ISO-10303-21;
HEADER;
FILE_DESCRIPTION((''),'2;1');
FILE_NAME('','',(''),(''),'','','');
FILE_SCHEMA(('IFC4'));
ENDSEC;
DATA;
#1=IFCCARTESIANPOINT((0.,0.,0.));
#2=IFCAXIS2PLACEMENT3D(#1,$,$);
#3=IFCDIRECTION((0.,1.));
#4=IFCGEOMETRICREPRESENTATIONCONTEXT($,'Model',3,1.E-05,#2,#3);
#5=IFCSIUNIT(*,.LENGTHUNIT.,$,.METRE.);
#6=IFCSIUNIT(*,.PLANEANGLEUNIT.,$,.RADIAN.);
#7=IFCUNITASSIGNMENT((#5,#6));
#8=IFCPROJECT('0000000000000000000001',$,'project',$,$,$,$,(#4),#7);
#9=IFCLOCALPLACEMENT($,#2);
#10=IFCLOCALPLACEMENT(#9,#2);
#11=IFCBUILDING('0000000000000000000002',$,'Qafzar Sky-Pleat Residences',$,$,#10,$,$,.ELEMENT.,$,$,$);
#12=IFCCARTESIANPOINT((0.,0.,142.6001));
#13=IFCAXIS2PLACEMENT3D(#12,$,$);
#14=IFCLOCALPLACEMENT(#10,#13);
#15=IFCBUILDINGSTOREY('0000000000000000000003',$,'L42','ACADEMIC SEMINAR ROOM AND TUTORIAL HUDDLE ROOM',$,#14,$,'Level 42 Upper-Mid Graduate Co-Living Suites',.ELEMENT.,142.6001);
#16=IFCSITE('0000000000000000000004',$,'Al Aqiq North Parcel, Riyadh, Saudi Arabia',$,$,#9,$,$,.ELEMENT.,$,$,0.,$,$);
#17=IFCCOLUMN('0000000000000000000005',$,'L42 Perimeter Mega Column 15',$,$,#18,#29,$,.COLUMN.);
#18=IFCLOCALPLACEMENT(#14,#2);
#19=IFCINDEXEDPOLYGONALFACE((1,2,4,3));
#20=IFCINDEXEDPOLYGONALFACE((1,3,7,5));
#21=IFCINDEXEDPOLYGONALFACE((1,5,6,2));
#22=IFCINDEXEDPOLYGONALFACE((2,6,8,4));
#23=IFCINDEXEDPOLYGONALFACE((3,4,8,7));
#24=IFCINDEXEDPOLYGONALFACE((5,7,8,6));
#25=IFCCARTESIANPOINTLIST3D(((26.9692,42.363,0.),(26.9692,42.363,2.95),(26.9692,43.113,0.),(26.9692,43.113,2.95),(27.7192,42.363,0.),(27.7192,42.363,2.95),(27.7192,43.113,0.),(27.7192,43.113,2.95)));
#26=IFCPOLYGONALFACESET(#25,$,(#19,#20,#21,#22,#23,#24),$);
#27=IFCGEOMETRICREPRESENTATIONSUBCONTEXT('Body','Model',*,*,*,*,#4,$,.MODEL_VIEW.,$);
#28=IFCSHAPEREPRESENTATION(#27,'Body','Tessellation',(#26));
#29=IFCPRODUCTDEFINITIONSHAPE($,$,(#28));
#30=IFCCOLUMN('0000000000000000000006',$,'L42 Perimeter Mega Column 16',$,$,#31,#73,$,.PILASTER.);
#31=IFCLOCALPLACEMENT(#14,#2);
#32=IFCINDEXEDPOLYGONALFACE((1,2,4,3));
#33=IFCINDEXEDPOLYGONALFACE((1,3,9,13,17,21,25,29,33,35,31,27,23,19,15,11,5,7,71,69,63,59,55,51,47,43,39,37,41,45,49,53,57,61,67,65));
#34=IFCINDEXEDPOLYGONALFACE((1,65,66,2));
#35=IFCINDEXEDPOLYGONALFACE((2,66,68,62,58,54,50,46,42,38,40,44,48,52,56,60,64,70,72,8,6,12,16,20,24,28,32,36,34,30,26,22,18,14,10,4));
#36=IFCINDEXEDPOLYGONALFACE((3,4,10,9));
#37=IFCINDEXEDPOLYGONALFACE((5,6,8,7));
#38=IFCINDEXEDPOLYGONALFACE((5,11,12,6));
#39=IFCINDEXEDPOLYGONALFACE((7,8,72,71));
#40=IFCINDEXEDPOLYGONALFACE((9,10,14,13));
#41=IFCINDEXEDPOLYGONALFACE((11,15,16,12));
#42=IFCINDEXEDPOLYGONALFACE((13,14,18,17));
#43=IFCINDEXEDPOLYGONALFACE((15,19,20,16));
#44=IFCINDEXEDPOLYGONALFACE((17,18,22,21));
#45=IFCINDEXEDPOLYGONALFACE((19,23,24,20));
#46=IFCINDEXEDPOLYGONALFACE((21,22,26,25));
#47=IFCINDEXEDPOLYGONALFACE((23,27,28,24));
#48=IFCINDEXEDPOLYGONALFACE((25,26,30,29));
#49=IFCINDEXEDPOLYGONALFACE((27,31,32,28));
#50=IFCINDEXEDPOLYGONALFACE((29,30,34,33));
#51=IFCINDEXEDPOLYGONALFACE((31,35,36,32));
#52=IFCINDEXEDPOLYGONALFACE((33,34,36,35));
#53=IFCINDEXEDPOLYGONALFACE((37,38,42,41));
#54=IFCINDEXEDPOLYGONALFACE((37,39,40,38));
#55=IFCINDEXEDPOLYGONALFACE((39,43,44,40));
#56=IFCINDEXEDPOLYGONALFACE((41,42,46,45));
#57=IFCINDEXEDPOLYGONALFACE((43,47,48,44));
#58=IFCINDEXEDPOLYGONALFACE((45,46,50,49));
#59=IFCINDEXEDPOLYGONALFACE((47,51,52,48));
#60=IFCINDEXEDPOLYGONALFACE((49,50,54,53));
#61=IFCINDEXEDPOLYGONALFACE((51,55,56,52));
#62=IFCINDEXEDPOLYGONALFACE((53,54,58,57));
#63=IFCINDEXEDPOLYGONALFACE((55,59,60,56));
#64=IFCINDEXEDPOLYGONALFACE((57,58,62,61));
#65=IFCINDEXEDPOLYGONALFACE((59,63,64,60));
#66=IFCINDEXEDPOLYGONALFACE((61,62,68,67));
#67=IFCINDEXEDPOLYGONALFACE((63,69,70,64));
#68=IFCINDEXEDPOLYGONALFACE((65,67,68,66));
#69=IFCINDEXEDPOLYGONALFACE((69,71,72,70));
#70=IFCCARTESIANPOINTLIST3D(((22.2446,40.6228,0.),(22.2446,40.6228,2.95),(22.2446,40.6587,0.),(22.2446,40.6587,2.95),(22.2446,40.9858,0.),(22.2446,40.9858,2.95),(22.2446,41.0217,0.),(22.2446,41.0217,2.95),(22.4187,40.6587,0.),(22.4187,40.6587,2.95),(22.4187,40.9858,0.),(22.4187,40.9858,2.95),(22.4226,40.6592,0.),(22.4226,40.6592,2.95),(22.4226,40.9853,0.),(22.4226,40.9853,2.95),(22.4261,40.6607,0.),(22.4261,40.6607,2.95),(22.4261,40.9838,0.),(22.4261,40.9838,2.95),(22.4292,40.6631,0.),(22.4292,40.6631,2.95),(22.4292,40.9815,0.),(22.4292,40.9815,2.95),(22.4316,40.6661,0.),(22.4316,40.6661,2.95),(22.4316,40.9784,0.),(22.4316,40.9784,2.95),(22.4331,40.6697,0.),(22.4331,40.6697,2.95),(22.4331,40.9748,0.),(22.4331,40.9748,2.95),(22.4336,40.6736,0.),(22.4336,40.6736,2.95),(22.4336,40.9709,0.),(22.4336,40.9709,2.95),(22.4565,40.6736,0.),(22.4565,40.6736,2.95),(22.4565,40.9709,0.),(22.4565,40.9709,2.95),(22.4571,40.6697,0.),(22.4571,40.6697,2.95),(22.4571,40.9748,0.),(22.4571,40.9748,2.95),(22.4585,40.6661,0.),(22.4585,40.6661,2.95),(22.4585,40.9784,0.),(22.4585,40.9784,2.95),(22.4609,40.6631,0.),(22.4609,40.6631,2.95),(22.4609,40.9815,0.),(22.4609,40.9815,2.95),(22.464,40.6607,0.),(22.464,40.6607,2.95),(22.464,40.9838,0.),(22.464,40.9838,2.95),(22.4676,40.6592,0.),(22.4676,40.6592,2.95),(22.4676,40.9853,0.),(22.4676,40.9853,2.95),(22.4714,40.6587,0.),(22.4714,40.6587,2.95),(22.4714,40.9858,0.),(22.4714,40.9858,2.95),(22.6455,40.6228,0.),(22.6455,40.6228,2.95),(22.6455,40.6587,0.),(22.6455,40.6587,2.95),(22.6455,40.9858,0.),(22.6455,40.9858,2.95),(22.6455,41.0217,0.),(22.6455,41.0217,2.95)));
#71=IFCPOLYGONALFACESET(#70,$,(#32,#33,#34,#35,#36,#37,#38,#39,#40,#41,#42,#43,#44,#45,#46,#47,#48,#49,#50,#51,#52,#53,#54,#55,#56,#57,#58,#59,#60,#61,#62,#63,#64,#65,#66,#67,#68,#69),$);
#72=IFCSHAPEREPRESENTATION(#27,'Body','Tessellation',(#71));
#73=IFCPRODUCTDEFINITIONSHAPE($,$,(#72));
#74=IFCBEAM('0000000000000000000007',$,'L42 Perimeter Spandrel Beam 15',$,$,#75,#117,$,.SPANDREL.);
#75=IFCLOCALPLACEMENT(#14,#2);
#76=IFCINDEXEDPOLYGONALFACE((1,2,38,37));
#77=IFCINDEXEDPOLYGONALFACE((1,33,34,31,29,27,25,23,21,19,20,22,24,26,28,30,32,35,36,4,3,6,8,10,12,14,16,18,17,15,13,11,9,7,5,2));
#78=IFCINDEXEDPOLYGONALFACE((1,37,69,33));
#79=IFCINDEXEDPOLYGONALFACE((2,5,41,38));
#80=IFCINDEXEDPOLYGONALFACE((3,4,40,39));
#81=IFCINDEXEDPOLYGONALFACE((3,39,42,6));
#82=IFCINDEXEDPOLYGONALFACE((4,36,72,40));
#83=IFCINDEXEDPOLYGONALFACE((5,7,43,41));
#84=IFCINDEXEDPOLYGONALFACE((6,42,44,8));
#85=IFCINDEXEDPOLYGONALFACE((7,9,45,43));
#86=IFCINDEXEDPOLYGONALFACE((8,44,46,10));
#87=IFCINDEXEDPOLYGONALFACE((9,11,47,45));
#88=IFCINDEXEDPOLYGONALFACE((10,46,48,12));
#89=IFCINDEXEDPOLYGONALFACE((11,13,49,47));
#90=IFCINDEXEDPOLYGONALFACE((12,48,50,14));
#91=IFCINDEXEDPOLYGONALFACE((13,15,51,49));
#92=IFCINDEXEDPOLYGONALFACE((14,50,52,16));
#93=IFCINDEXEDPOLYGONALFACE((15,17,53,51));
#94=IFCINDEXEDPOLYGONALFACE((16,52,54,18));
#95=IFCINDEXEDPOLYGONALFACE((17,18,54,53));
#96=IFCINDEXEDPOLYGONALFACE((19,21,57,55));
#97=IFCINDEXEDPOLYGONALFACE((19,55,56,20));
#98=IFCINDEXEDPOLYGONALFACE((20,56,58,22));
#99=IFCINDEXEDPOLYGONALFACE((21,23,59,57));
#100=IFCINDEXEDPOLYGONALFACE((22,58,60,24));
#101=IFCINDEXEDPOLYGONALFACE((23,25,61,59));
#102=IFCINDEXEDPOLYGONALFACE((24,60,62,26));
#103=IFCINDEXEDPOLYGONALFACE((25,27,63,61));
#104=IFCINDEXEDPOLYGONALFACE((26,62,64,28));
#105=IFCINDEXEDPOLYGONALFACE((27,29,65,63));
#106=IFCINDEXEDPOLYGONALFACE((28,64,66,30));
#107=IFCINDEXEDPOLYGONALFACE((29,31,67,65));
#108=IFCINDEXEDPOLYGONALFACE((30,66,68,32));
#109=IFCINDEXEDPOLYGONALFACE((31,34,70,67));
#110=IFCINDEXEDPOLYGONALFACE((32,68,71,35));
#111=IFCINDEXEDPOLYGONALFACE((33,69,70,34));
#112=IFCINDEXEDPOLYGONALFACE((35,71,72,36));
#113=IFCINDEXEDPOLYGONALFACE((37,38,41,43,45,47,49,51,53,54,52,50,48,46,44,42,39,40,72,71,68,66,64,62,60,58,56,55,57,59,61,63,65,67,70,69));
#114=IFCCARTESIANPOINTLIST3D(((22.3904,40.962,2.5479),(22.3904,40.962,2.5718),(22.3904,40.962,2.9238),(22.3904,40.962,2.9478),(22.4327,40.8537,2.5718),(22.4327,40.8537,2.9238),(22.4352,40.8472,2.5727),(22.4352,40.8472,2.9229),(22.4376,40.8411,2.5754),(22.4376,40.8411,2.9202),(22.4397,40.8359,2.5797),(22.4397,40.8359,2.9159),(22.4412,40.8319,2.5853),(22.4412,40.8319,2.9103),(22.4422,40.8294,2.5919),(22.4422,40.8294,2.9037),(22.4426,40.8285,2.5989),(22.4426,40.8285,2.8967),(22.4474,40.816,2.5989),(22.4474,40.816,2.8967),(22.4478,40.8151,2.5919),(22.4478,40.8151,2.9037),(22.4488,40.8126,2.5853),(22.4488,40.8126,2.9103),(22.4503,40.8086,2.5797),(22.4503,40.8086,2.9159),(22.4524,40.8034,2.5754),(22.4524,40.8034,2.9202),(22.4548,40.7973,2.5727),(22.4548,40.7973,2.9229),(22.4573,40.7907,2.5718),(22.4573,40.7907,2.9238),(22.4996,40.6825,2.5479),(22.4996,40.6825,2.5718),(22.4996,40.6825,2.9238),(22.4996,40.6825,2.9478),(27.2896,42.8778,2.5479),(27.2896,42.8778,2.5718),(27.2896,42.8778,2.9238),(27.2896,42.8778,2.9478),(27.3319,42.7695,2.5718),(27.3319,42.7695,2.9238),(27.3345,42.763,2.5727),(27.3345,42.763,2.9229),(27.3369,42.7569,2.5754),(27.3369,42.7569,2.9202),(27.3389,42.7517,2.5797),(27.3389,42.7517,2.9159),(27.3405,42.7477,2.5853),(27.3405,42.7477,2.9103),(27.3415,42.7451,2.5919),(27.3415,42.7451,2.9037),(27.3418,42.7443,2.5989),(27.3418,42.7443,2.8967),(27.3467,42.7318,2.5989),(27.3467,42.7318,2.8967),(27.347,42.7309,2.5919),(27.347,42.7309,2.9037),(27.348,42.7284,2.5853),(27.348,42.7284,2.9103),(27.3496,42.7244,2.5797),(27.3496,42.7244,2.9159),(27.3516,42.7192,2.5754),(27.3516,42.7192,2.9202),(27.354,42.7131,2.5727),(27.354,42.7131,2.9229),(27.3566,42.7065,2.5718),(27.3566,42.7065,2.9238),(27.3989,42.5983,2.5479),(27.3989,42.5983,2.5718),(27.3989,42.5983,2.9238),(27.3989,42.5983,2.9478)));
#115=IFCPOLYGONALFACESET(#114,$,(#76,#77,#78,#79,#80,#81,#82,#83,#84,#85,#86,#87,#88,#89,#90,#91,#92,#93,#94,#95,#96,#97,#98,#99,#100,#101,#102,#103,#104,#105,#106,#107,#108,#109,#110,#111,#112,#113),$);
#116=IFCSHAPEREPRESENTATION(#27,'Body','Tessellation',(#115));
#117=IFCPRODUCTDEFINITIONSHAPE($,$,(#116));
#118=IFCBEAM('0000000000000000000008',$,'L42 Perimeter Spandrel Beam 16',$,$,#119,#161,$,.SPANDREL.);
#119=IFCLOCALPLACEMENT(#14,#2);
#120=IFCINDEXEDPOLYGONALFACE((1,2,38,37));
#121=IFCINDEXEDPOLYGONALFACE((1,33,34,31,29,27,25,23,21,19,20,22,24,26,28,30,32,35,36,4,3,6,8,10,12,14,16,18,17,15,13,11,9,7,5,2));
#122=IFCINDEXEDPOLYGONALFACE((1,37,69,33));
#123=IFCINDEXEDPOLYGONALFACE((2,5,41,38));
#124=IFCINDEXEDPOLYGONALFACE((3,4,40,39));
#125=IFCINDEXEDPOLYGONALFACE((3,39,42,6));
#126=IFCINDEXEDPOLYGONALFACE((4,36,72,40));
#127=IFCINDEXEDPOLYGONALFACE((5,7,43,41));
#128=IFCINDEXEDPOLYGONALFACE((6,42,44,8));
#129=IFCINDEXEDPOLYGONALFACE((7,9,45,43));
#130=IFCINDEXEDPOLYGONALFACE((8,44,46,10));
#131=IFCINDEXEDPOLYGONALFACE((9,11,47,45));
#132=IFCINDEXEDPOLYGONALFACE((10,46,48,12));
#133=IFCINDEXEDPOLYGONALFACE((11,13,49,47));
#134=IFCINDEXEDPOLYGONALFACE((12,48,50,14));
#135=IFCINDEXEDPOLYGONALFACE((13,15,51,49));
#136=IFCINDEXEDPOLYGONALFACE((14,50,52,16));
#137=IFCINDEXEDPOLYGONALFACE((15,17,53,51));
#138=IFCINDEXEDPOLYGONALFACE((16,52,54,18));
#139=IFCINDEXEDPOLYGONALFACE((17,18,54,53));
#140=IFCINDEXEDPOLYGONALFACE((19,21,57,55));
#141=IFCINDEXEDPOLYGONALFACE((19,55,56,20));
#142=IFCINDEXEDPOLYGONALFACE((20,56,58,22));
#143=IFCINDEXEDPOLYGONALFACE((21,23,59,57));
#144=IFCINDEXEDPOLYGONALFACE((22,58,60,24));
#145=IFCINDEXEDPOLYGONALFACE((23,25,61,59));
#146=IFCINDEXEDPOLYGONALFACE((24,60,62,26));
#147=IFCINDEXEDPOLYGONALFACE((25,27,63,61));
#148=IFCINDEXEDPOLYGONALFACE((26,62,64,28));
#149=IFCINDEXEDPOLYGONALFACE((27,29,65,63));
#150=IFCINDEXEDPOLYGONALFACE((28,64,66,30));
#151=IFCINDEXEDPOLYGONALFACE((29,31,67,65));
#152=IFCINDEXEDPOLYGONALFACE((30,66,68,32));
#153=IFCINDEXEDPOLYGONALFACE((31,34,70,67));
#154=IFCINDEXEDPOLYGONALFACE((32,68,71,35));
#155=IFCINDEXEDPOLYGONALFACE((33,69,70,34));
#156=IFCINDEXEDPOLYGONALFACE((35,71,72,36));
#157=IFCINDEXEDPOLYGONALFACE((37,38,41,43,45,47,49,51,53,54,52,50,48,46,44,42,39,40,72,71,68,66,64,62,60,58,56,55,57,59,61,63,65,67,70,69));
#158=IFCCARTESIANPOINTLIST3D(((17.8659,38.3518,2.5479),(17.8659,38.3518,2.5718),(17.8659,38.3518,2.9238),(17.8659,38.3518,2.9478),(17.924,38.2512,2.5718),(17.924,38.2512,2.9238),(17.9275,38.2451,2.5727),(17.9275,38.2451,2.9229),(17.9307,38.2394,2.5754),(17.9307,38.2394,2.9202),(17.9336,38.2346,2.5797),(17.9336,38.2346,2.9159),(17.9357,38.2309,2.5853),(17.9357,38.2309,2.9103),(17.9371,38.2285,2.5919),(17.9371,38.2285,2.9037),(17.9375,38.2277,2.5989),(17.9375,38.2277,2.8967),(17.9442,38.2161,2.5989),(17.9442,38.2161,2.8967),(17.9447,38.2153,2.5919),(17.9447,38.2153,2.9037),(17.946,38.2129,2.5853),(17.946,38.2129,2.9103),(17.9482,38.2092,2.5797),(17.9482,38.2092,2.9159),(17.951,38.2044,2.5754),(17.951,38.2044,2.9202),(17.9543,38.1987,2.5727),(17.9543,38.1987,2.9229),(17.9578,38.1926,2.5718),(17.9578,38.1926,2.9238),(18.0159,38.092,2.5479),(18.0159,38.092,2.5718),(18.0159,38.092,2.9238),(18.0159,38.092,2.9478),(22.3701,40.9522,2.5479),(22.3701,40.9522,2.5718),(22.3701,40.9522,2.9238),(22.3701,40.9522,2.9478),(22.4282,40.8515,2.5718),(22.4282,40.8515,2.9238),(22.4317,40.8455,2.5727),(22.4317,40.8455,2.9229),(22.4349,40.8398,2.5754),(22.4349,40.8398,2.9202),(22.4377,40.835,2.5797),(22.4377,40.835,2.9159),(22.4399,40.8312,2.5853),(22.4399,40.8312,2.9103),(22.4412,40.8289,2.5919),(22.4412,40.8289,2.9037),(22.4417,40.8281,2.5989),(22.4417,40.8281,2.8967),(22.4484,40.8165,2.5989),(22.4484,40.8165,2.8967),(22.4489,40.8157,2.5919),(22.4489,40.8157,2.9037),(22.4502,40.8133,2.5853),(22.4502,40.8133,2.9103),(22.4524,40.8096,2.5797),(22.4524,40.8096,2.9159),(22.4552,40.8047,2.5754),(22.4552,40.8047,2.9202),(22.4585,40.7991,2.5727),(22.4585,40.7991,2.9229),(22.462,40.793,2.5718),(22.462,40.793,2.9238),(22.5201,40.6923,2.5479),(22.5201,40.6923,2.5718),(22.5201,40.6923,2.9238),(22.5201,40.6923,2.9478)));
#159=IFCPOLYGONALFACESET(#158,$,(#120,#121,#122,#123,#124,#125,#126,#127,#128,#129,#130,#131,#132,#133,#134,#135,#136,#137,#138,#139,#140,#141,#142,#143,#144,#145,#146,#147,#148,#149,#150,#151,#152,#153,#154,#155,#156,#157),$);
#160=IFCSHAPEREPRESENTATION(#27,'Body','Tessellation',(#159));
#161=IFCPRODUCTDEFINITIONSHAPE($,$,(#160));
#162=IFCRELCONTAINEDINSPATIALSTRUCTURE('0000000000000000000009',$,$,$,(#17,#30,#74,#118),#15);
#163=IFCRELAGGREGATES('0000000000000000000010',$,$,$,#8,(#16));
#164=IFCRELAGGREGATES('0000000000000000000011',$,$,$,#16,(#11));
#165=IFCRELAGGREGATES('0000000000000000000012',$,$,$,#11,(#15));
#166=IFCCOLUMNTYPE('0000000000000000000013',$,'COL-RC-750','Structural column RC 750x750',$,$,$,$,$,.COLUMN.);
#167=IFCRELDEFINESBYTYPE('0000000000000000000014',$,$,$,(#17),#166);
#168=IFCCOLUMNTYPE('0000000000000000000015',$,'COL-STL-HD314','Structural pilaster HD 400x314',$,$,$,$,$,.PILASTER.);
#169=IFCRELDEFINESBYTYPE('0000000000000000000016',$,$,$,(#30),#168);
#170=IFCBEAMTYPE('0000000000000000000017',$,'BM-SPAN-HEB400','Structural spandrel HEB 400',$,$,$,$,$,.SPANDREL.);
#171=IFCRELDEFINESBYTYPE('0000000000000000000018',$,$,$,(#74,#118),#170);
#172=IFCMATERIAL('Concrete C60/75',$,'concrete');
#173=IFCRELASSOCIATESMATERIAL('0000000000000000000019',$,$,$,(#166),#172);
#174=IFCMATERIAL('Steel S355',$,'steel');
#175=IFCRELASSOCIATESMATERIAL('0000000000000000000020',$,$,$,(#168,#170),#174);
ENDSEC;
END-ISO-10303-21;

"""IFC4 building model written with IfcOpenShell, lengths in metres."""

from ifc_helpers import new_model, si_unit, direction, frame, origin, origin_2d, place, context, subcontext, project, spatial, rectangle, i_section, extrude, source, transform, mapped, material, material_profile, profile_set, type_object, element, save


model = new_model("IFC4")

# Units and contexts
model_context = context("Model", 3, precision=1e-05, world=origin(), true_north=direction((0.0, 1.0)))
body_context = subcontext(model_context, "Body", "Model", "MODEL_VIEW")
ifc_project = project(units=[si_unit("LENGTHUNIT", "METRE"), si_unit("PLANEANGLEUNIT", "RADIAN")], contexts=[model_context])

# Site, building, storey
site_placement = place(None, origin())
site = spatial("IfcSite", under=ifc_project, at=site_placement, Name="Al Aqiq North Parcel, Riyadh, Saudi Arabia", CompositionType="ELEMENT", RefElevation=0.0)
building_placement = place(site_placement, origin())
building = spatial("IfcBuilding", under=site, at=building_placement, Name="Qafzar Sky-Pleat Residences", CompositionType="ELEMENT")
storey_placement = place(building_placement, frame((0.0, 0.0, 142.6001)))
storey = spatial("IfcBuildingStorey", under=building, at=storey_placement, Name="L42", Description="ACADEMIC SEMINAR ROOM AND TUTORIAL HUDDLE ROOM", LongName="Level 42 Upper-Mid Graduate Co-Living Suites", CompositionType="ELEMENT", Elevation=142.6001)

# Columns
ifc_material_1 = material(Name="Concrete C60/75", Category="concrete")
ifc_material_profile_1 = material_profile(ifc_material_1, rectangle(XDim=0.75, YDim=0.75, at=origin_2d()), Name="RC 750x750")
ifc_profile_set_1 = profile_set([ifc_material_profile_1], Name="Concrete C60/75")
column_type_1 = type_object("IfcColumnType", Name="COL-RC-750", Description="Structural column RC 750x750", PredefinedType="COLUMN", material=ifc_profile_set_1)
shared_shape_1 = source(origin(), body_context, "Body", "SweptSolid", [
    extrude(rectangle(XDim=0.75, YDim=0.75, at=origin_2d()), origin(), (0.0, 0.0, 1.0), 2.95),
])
column_1_placement = place(storey_placement, frame((27.3442, 42.738, 0.0), z_axis=(0.0, 0.0, 1.0), x_axis=(1.0, 0.0, 0.0)))
element("IfcColumn", 1, at=column_1_placement, inside=storey, type_object=column_type_1, Name="L42 Perimeter Mega Column 15", PredefinedType="COLUMN", context=body_context, shape_type="MappedRepresentation", body=[
    mapped(shared_shape_1, transform((0.0, 0.0, 0.0), x_axis=(1.0, 0.0, 0.0), y_axis=(0.0, 1.0, 0.0), z_axis=(0.0, 0.0, 1.0), scale=1.0)),
])
ifc_material_2 = material(Name="Steel S355", Category="steel")
ifc_material_profile_2 = material_profile(ifc_material_2, i_section(OverallWidth=0.4009, OverallDepth=0.3989, WebThickness=0.0229, FlangeThickness=0.0359, FilletRadius=0.0149, at=origin_2d()), Name="HD 400x314")
ifc_profile_set_2 = profile_set([ifc_material_profile_2], Name="Steel S355")
column_type_2 = type_object("IfcColumnType", Name="COL-STL-HD314", Description="Structural pilaster HD 400x314", PredefinedType="PILASTER", material=ifc_profile_set_2)
shared_shape_2 = source(origin(), body_context, "Body", "SweptSolid", [
    extrude(i_section(OverallWidth=0.4009, OverallDepth=0.3989, WebThickness=0.0229, FlangeThickness=0.0359, FilletRadius=0.0149, at=origin_2d()), origin(), (0.0, 0.0, 1.0), 2.95),
])
column_2_placement = place(storey_placement, frame((22.4451, 40.8223, 0.0), z_axis=(0.0, 0.0, 1.0), x_axis=(1.0, 0.0, 0.0)))
element("IfcColumn", 2, at=column_2_placement, inside=storey, type_object=column_type_2, Name="L42 Perimeter Mega Column 16", PredefinedType="PILASTER", context=body_context, shape_type="MappedRepresentation", body=[
    mapped(shared_shape_2, transform((0.0, 0.0, 0.0), x_axis=(1.0, 0.0, 0.0), y_axis=(0.0, 1.0, 0.0), z_axis=(0.0, 0.0, 1.0), scale=1.0)),
])

# Beams
ifc_material_profile_3 = material_profile(ifc_material_2, i_section(OverallWidth=0.3, OverallDepth=0.3999, WebThickness=0.0134, FlangeThickness=0.0239, FilletRadius=0.0271, at=origin_2d()), Name="HEB 400")
ifc_profile_set_3 = profile_set([ifc_material_profile_3], Name="Steel S355")
beam_type_1 = type_object("IfcBeamType", Name="BM-SPAN-HEB400", Description="Structural spandrel HEB 400", PredefinedType="SPANDREL", material=ifc_profile_set_3)
shared_shape_3 = source(origin(), body_context, "Body", "SweptSolid", [
    extrude(i_section(OverallWidth=0.3, OverallDepth=0.3999, WebThickness=0.0134, FlangeThickness=0.0239, FilletRadius=0.0271, at=origin_2d()), origin(), (0.0, 0.0, 1.0), 5.2605),
])
beam_1_placement = place(storey_placement, frame((27.3442, 42.738, 2.7478), z_axis=(-0.931326, -0.364186, 0.0), x_axis=(0.364186, -0.931326, 0.0)))
element("IfcBeam", 3, at=beam_1_placement, inside=storey, type_object=beam_type_1, Name="L42 Perimeter Spandrel Beam 15", PredefinedType="SPANDREL", context=body_context, shape_type="MappedRepresentation", body=[
    mapped(shared_shape_3, transform((0.0, 0.0, 0.0), x_axis=(1.0, 0.0, 0.0), y_axis=(0.0, 1.0, 0.0), z_axis=(0.0, 0.0, 1.0), scale=1.0)),
])
shared_shape_4 = source(origin(), body_context, "Body", "SweptSolid", [
    extrude(i_section(OverallWidth=0.3, OverallDepth=0.3999, WebThickness=0.0134, FlangeThickness=0.0239, FilletRadius=0.0271, at=origin_2d()), origin(), (0.0, 0.0, 1.0), 5.2009),
])
beam_2_placement = place(storey_placement, frame((22.4451, 40.8223, 2.7478), z_axis=(-0.866036, -0.499981, 0.0), x_axis=(0.499981, -0.866036, 0.0)))
element("IfcBeam", 4, at=beam_2_placement, inside=storey, type_object=beam_type_1, Name="L42 Perimeter Spandrel Beam 16", PredefinedType="SPANDREL", context=body_context, shape_type="MappedRepresentation", body=[
    mapped(shared_shape_4, transform((0.0, 0.0, 0.0), x_axis=(1.0, 0.0, 0.0), y_axis=(0.0, 1.0, 0.0), z_axis=(0.0, 0.0, 1.0), scale=1.0)),
])

save(model, "model.ifc")
